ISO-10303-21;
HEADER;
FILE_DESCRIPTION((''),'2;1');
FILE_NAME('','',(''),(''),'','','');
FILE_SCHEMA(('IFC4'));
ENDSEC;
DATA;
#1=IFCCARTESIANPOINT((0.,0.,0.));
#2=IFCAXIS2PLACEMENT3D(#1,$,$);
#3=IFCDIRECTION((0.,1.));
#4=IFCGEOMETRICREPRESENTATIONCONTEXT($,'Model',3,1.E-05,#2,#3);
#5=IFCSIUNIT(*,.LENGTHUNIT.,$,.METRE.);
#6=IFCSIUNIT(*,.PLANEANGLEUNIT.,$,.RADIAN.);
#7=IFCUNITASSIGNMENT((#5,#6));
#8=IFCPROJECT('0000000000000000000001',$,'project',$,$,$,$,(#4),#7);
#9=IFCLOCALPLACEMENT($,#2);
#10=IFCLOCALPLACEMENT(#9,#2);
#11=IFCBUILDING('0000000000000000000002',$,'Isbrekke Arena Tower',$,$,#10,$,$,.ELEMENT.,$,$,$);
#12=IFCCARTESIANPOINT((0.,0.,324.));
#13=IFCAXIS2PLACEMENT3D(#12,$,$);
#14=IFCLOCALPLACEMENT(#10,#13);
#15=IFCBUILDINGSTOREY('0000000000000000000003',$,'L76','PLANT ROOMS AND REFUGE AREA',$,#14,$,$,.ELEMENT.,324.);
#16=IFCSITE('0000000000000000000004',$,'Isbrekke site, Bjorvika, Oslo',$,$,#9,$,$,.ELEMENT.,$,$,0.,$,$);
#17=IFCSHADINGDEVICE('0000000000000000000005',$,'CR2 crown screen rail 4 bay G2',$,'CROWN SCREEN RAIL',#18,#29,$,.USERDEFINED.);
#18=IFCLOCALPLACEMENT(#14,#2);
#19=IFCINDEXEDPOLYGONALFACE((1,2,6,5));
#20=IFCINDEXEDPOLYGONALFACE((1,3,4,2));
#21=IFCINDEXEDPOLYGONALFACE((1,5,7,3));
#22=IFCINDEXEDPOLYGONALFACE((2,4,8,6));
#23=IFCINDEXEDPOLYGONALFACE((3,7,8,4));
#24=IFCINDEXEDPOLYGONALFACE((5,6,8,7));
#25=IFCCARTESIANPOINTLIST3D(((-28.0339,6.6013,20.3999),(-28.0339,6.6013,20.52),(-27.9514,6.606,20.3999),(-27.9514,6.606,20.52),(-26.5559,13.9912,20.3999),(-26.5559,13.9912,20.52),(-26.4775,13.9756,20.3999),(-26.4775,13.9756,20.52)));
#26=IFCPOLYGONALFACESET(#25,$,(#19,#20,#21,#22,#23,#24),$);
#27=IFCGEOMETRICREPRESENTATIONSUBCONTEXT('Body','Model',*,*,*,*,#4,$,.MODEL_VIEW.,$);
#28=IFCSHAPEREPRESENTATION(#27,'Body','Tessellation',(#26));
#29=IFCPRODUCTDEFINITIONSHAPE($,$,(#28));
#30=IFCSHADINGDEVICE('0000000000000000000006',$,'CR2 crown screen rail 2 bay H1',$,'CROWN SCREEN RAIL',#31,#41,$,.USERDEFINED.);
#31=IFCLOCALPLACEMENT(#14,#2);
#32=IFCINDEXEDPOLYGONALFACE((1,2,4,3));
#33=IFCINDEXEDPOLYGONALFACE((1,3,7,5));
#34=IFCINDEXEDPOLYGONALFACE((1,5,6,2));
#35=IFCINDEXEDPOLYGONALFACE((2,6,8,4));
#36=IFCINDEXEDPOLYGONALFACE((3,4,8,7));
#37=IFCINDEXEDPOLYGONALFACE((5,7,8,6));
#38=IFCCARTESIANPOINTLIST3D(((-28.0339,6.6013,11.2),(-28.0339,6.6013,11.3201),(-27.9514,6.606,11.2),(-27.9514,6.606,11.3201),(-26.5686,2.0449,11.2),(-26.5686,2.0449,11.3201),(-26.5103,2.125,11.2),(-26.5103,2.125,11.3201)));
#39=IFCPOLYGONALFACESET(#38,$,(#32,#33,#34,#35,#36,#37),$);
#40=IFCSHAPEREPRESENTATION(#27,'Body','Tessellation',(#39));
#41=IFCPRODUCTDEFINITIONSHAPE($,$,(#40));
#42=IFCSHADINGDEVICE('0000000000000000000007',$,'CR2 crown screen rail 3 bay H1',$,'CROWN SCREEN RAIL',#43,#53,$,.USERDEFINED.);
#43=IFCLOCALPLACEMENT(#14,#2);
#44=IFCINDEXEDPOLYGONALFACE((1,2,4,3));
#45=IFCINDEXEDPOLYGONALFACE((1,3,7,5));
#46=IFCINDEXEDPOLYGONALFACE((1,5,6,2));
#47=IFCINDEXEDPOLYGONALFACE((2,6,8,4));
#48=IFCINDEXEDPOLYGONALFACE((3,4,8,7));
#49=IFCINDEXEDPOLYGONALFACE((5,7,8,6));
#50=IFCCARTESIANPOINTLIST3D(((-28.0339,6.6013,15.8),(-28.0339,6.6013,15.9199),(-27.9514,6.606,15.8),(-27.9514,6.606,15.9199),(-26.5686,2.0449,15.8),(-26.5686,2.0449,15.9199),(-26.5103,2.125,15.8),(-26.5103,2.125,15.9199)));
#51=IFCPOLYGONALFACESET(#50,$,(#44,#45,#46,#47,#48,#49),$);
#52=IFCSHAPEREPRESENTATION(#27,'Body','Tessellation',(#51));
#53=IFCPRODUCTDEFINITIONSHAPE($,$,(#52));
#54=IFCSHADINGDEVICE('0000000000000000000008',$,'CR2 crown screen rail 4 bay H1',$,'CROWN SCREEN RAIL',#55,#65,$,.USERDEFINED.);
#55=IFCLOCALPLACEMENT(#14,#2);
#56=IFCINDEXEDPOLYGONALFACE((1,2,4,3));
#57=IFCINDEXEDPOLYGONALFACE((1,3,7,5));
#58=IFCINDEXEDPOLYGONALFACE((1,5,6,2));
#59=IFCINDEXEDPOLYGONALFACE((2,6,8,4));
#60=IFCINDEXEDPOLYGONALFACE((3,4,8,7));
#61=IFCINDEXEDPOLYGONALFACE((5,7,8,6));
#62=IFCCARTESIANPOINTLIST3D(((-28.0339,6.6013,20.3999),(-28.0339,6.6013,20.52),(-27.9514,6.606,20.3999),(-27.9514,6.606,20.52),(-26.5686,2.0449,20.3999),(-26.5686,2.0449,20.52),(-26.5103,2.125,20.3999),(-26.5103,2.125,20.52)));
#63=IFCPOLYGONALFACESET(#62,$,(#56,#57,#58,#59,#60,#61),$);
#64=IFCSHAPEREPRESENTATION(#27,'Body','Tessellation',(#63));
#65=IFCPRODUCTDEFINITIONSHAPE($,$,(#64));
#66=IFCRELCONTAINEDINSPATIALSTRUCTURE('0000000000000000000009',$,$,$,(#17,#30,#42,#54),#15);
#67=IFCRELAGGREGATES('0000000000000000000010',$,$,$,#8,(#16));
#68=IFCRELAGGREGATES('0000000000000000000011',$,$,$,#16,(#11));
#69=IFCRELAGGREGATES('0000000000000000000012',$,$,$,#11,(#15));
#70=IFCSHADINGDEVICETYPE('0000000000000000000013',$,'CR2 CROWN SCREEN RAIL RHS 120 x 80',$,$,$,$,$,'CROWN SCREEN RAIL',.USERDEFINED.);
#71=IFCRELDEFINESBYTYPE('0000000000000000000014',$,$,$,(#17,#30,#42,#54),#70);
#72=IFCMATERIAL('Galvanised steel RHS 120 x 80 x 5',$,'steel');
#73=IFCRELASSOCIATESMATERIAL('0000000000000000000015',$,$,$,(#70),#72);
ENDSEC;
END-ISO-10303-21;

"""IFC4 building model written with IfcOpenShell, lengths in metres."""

from ifc_helpers import new_model, si_unit, direction, frame, origin, place, context, subcontext, project, spatial, polyline, outline, extrude, material, type_object, element, save


model = new_model("IFC4")

# Units and contexts
model_context = context("Model", 3, precision=1e-05, world=origin(), true_north=direction((0.0, 1.0)))
body_context = subcontext(model_context, "Body", "Model", "MODEL_VIEW")
ifc_project = project(units=[si_unit("LENGTHUNIT", "METRE"), si_unit("PLANEANGLEUNIT", "RADIAN")], contexts=[model_context])

# Site, building, storey
site_placement = place(None, origin())
site = spatial("IfcSite", under=ifc_project, at=site_placement, Name="Isbrekke site, Bjorvika, Oslo", CompositionType="ELEMENT", RefElevation=0.0)
building_placement = place(site_placement, origin())
building = spatial("IfcBuilding", under=site, at=building_placement, Name="Isbrekke Arena Tower", CompositionType="ELEMENT")
storey_placement = place(building_placement, frame((0.0, 0.0, 324.0)))
storey = spatial("IfcBuildingStorey", under=building, at=storey_placement, Name="L76", Description="PLANT ROOMS AND REFUGE AREA", CompositionType="ELEMENT", Elevation=324.0)

# Shading devices
ifc_material = material(Name="Galvanised steel RHS 120 x 80 x 5", Category="steel")
shading_device_type = type_object("IfcShadingDeviceType", Name="CR2 CROWN SCREEN RAIL RHS 120 x 80", ElementType="CROWN SCREEN RAIL", PredefinedType="USERDEFINED", material=ifc_material)
shading_device_1_placement = place(storey_placement, frame((0.0, 0.0, 20.3999)))
element("IfcShadingDevice", 1, at=shading_device_1_placement, inside=storey, type_object=shading_device_type, Name="CR2 crown screen rail 4 bay G2", ObjectType="CROWN SCREEN RAIL", PredefinedType="USERDEFINED", context=body_context, shape_type="SweptSolid", body=[
    extrude(outline(polyline([(-26.4775, 13.9756), (-27.9514, 6.606), (-28.0339, 6.6013), (-26.5559, 13.9912), (-26.4775, 13.9756)])), origin(), (0.0, 0.0, 1.0), 0.1201),
])
shading_device_2_placement = place(storey_placement, frame((0.0, 0.0, 11.2)))
element("IfcShadingDevice", 2, at=shading_device_2_placement, inside=storey, type_object=shading_device_type, Name="CR2 crown screen rail 2 bay H1", ObjectType="CROWN SCREEN RAIL", PredefinedType="USERDEFINED", context=body_context, shape_type="SweptSolid", body=[
    extrude(outline(polyline([(-27.9514, 6.606), (-26.5103, 2.125), (-26.5686, 2.0449), (-28.0339, 6.6013), (-27.9514, 6.606)])), origin(), (0.0, 0.0, 1.0), 0.1201),
])
shading_device_3_placement = place(storey_placement, frame((0.0, 0.0, 15.8)))
element("IfcShadingDevice", 3, at=shading_device_3_placement, inside=storey, type_object=shading_device_type, Name="CR2 crown screen rail 3 bay H1", ObjectType="CROWN SCREEN RAIL", PredefinedType="USERDEFINED", context=body_context, shape_type="SweptSolid", body=[
    extrude(outline(polyline([(-27.9514, 6.606), (-26.5103, 2.125), (-26.5686, 2.0449), (-28.0339, 6.6013), (-27.9514, 6.606)])), origin(), (0.0, 0.0, 1.0), 0.1199),
])
shading_device_4_placement = place(storey_placement, frame((0.0, 0.0, 20.3999)))
element("IfcShadingDevice", 4, at=shading_device_4_placement, inside=storey, type_object=shading_device_type, Name="CR2 crown screen rail 4 bay H1", ObjectType="CROWN SCREEN RAIL", PredefinedType="USERDEFINED", context=body_context, shape_type="SweptSolid", body=[
    extrude(outline(polyline([(-27.9514, 6.606), (-26.5103, 2.125), (-26.5686, 2.0449), (-28.0339, 6.6013), (-27.9514, 6.606)])), origin(), (0.0, 0.0, 1.0), 0.1201),
])

save(model, "model.ifc")
